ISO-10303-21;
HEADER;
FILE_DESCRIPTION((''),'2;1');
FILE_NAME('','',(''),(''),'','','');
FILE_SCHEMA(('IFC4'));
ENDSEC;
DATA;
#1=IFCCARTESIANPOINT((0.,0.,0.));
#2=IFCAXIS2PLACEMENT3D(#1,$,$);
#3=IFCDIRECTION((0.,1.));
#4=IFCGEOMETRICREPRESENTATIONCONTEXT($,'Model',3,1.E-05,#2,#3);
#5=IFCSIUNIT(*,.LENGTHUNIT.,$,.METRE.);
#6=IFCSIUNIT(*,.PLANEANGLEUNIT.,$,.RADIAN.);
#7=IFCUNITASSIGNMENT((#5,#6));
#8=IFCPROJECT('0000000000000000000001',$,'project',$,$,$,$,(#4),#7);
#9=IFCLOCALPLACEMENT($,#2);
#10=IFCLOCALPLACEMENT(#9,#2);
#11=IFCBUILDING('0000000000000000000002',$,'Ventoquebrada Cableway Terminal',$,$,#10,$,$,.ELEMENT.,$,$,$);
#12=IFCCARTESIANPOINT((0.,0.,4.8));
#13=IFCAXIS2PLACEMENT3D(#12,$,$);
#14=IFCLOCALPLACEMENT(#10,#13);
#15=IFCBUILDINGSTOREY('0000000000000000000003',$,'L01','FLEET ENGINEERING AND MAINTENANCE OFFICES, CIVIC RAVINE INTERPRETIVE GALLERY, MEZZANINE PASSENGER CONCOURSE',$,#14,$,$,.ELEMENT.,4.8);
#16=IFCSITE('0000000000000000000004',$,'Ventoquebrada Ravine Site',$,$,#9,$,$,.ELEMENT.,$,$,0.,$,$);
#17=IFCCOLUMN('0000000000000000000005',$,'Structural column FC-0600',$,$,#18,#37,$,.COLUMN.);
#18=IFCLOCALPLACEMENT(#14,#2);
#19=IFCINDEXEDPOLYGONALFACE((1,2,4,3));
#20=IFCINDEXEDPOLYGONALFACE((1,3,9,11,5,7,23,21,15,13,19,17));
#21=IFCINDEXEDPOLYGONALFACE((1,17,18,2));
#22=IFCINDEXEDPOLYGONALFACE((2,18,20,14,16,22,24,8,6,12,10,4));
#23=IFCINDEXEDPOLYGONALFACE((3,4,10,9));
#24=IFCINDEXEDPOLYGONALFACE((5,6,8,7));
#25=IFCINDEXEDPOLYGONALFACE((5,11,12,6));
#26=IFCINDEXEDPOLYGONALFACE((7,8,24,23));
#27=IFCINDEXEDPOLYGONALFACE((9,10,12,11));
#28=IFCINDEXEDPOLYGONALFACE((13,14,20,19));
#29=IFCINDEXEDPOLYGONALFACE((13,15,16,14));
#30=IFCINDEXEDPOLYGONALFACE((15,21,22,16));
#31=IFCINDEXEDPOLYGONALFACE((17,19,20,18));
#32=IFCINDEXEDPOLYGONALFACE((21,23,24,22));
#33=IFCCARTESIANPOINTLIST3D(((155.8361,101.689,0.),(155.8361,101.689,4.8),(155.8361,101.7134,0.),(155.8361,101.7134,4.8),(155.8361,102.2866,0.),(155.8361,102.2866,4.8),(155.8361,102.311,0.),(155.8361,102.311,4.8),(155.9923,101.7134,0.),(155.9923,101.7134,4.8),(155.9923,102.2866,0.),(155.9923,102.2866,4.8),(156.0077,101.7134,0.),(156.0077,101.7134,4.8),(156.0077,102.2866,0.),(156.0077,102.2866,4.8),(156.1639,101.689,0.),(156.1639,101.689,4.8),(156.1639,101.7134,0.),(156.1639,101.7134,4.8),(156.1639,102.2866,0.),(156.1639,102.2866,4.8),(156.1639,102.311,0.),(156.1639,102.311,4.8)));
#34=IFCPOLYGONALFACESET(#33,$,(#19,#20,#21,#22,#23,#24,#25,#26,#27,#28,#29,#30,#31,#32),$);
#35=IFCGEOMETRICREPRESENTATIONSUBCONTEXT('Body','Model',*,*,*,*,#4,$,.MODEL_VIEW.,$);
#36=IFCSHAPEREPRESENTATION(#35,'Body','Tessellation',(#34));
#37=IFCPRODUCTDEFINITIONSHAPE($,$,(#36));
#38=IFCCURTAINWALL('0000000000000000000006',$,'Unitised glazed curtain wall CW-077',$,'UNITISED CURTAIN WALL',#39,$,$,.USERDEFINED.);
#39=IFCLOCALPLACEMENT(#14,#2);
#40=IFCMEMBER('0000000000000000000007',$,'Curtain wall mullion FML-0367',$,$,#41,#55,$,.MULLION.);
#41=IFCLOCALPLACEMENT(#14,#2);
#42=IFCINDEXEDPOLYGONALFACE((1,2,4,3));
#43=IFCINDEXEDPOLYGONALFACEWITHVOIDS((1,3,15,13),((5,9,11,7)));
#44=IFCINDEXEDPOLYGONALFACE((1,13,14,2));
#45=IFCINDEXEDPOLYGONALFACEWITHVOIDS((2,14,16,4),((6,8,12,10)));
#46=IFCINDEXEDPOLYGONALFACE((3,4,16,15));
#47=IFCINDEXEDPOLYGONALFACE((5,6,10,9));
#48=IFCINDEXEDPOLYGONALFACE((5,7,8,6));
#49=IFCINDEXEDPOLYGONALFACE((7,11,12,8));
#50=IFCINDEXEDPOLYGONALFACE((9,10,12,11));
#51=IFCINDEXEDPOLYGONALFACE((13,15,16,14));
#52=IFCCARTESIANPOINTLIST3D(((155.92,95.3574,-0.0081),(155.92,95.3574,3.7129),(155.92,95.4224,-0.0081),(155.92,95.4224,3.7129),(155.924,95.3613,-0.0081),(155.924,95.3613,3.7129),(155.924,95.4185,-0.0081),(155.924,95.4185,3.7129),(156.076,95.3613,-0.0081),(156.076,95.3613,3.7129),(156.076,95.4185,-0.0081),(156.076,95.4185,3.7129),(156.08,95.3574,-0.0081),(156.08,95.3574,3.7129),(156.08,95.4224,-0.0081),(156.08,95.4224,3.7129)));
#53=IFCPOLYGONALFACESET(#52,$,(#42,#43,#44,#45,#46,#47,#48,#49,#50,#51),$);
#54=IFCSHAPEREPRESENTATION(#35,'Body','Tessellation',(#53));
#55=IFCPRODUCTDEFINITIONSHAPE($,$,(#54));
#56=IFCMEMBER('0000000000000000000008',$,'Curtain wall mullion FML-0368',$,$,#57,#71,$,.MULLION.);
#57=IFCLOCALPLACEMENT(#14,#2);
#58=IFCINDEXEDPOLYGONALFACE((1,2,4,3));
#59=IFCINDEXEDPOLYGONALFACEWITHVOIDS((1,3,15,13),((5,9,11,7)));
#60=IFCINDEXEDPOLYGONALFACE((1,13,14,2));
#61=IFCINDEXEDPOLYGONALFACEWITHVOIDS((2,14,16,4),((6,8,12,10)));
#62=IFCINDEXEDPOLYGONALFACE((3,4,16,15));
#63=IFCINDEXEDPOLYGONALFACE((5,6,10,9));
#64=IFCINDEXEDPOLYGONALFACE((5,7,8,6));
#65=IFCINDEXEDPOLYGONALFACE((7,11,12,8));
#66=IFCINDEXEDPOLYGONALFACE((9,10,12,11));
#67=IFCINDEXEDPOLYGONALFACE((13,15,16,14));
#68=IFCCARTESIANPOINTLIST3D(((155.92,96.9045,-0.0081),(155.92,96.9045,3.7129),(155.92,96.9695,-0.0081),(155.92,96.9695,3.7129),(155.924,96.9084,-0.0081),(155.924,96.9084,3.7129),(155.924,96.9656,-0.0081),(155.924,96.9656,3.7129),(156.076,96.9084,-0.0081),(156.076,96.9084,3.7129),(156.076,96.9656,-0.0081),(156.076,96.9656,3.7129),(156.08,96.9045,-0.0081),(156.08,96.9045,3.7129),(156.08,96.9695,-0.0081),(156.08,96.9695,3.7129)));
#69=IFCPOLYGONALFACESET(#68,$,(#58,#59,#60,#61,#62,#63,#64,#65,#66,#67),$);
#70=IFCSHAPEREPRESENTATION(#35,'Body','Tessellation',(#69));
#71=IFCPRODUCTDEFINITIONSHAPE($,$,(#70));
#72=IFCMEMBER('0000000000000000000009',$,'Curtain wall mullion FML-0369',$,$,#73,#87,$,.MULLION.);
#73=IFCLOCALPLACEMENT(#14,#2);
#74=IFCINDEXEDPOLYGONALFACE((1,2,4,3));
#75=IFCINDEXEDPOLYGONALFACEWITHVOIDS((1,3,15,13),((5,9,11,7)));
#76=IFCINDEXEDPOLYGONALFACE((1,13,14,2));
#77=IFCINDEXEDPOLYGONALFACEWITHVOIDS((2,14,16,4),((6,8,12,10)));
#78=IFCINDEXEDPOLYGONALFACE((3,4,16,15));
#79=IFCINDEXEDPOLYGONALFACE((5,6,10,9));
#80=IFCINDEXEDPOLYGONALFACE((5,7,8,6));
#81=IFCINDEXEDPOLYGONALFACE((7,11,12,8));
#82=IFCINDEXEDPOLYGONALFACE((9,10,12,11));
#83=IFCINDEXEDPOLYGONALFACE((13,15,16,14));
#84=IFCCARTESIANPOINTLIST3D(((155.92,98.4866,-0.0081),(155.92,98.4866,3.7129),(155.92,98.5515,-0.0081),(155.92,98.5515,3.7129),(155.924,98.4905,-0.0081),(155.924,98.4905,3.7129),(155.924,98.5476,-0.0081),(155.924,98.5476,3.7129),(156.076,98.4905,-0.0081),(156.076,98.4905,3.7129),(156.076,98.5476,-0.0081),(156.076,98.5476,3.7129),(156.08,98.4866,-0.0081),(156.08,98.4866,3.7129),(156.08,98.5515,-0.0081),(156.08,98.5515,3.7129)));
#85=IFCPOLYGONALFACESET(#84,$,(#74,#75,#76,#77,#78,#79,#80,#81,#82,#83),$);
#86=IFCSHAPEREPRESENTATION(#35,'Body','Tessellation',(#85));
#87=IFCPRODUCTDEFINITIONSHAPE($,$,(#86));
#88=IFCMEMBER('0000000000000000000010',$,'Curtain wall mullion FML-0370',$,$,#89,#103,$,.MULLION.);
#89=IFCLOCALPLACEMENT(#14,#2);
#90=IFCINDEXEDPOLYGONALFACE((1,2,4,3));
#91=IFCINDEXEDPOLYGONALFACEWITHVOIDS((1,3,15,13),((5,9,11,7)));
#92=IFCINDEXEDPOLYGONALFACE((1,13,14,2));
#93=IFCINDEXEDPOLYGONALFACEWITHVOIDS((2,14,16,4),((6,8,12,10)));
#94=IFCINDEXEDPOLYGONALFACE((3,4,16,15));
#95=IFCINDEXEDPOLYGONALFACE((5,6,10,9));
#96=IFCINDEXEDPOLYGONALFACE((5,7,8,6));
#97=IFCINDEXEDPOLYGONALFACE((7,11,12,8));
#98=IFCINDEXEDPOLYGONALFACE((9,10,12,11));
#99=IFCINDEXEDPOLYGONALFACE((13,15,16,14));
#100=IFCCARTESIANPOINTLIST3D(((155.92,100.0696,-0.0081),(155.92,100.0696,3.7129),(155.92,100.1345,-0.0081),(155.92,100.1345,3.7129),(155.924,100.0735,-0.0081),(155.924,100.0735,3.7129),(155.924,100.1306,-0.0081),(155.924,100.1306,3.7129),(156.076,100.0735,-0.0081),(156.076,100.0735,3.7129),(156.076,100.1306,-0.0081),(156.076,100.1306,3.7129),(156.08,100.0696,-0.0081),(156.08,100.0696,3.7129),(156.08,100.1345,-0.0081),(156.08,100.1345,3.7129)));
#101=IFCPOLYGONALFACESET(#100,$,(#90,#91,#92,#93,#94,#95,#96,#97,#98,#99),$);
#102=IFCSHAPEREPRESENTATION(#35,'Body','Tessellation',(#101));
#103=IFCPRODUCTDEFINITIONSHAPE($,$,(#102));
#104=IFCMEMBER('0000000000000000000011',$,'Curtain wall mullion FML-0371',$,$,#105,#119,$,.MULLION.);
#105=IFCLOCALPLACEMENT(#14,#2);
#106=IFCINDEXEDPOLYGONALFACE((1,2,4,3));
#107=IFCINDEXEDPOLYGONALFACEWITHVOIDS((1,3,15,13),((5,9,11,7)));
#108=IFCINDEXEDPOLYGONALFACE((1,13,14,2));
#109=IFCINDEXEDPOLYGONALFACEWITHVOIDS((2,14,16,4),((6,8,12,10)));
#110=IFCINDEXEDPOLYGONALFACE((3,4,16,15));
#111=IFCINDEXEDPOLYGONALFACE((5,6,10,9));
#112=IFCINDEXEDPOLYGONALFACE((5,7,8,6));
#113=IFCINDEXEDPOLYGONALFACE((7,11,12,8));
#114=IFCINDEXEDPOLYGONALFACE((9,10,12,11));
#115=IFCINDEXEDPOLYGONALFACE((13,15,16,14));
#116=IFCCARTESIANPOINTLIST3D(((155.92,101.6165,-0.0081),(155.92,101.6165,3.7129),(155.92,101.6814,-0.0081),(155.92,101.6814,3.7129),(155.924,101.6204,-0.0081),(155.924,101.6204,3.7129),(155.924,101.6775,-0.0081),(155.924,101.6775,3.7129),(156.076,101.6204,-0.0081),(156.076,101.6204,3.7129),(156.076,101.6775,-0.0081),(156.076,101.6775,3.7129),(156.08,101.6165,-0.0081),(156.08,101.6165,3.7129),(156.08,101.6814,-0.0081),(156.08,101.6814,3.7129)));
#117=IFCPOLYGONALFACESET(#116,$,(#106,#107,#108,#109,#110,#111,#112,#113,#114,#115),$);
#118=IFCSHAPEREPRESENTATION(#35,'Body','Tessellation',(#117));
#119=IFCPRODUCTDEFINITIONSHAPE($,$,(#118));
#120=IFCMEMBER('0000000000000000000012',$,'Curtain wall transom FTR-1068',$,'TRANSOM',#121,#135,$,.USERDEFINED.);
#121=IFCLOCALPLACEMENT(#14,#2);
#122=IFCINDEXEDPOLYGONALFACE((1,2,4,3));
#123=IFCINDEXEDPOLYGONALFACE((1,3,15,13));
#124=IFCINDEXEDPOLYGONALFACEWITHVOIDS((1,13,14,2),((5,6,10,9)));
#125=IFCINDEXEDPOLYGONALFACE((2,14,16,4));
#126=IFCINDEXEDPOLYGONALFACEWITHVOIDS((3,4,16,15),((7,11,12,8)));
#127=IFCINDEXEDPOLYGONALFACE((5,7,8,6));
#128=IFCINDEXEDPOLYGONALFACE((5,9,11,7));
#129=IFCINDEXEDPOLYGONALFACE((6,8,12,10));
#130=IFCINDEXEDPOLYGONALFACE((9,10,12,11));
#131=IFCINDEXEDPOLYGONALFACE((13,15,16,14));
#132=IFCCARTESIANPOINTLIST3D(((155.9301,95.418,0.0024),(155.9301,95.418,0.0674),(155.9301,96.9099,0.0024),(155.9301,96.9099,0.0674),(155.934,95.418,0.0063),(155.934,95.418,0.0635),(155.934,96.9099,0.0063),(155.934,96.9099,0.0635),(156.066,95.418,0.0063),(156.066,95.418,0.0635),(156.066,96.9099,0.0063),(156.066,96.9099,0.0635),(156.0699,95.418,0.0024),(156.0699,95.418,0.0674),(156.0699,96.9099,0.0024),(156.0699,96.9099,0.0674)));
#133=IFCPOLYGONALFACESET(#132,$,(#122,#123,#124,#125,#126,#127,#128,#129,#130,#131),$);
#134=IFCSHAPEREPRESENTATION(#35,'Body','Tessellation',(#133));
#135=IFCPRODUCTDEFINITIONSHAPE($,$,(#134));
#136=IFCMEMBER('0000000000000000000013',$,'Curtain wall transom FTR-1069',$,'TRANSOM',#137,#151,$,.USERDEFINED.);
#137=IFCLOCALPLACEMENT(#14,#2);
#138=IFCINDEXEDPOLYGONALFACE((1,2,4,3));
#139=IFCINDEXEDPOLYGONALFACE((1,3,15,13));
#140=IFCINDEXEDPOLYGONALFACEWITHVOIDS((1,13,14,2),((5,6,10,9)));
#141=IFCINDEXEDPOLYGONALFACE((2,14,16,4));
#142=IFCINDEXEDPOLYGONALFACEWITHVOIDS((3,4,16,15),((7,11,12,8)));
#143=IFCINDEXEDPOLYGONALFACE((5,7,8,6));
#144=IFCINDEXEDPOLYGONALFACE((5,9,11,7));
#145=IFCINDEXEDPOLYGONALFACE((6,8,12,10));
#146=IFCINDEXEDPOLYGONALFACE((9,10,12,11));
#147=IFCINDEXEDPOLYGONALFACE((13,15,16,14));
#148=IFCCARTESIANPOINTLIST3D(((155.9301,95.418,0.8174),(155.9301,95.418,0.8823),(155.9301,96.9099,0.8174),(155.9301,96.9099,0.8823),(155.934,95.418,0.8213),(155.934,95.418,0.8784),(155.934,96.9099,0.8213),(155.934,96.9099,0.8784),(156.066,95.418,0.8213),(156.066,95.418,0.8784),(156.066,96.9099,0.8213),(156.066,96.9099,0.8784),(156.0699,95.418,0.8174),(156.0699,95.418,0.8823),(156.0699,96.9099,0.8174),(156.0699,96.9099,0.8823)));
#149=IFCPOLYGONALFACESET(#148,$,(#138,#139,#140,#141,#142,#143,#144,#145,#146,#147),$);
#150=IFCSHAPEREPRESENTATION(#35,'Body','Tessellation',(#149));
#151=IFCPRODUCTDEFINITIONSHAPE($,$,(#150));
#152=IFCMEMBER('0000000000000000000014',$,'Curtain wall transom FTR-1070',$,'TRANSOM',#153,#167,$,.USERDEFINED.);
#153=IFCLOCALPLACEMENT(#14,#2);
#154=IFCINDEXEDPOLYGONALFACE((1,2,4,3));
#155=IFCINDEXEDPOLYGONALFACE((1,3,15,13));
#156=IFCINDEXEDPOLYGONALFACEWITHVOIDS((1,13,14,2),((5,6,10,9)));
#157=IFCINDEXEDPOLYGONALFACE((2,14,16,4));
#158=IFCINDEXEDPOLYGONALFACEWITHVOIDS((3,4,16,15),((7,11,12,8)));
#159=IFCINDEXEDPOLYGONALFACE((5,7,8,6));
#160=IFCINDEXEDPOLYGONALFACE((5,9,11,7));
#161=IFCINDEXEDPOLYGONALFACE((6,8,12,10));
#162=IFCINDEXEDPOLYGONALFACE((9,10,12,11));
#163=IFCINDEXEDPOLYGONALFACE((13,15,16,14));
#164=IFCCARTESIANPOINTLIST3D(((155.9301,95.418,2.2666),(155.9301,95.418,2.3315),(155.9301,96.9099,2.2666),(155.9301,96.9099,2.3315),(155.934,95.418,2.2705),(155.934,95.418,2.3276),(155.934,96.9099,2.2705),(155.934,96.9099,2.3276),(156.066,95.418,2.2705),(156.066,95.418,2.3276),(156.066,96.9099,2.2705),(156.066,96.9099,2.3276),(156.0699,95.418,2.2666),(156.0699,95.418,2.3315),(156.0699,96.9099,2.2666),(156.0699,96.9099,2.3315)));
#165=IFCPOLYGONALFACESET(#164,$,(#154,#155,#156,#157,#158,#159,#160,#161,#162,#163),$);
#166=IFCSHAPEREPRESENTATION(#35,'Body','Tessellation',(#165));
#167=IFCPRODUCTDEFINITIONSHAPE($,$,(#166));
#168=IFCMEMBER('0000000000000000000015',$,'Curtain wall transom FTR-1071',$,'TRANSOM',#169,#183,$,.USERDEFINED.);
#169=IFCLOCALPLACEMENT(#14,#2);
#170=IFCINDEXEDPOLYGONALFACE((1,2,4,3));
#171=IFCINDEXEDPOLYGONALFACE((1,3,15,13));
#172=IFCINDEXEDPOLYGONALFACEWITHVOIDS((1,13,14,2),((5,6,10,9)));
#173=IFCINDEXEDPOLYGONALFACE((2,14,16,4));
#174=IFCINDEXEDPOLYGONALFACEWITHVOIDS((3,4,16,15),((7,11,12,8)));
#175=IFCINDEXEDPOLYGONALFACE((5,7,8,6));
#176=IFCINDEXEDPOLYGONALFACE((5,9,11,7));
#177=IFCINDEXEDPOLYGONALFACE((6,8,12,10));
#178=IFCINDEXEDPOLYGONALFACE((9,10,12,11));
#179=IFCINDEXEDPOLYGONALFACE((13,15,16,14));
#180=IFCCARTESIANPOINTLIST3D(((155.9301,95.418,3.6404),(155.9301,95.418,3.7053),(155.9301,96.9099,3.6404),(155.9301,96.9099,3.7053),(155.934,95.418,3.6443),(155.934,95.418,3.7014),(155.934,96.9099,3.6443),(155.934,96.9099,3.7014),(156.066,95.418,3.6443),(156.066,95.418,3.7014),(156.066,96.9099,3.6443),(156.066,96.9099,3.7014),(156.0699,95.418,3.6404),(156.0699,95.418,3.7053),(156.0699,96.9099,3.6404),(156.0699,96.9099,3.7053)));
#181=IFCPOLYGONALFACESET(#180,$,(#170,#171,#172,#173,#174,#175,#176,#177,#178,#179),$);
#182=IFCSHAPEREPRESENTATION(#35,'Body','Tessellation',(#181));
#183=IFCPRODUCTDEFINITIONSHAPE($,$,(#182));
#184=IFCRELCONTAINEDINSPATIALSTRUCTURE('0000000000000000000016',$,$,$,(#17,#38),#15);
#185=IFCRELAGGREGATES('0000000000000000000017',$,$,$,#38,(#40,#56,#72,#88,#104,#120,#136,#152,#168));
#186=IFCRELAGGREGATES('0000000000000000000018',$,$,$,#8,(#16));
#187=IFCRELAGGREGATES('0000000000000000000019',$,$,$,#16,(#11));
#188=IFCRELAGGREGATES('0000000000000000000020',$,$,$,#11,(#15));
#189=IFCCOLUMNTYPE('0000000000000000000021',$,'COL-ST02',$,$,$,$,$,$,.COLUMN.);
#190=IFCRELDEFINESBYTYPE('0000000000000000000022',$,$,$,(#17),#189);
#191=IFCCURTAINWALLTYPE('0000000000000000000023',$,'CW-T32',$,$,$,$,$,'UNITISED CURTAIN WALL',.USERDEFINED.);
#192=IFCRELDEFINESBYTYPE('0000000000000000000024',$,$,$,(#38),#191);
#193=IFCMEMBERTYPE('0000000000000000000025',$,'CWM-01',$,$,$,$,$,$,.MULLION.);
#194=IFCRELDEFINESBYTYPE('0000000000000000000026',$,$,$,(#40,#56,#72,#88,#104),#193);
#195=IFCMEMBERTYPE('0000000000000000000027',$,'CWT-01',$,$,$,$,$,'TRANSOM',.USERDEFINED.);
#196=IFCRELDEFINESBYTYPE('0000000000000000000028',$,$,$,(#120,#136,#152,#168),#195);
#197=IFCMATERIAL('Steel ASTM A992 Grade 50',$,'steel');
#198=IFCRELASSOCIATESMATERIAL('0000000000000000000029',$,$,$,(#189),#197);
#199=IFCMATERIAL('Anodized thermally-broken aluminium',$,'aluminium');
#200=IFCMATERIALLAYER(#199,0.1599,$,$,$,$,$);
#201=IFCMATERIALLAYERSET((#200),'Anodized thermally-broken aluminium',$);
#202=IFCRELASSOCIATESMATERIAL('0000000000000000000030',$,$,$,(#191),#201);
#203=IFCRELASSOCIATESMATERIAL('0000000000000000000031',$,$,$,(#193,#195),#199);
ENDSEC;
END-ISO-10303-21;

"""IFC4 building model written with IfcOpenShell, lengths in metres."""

from ifc_helpers import new_model, si_unit, direction, frame, origin, origin_2d, place, context, subcontext, project, spatial, hollow_rectangle, i_section, extrude, material, layer, layer_set, material_profile, profile_set, type_object, element, aggregate, save


model = new_model("IFC4")

# Units and contexts
model_context = context("Model", 3, precision=1e-05, world=origin(), true_north=direction((0.0, 1.0)))
body_context = subcontext(model_context, "Body", "Model", "MODEL_VIEW")
ifc_project = project(units=[si_unit("LENGTHUNIT", "METRE"), si_unit("PLANEANGLEUNIT", "RADIAN")], contexts=[model_context])

# Site, building, storey
site_placement = place(None, origin())
site = spatial("IfcSite", under=ifc_project, at=site_placement, Name="Ventoquebrada Ravine Site", CompositionType="ELEMENT", RefElevation=0.0)
building_placement = place(site_placement, origin())
building = spatial("IfcBuilding", under=site, at=building_placement, Name="Ventoquebrada Cableway Terminal", CompositionType="ELEMENT")
storey_placement = place(building_placement, frame((0.0, 0.0, 4.8)))
storey = spatial("IfcBuildingStorey", under=building, at=storey_placement, Name="L01", Description="FLEET ENGINEERING AND MAINTENANCE OFFICES, CIVIC RAVINE INTERPRETIVE GALLERY, MEZZANINE PASSENGER CONCOURSE", CompositionType="ELEMENT", Elevation=4.8)

# Column
ifc_material_1 = material(Name="Steel ASTM A992 Grade 50", Category="steel")
ifc_material_profile_1 = material_profile(ifc_material_1, i_section(OverallWidth=0.3279, OverallDepth=0.6221, WebThickness=0.0154, FlangeThickness=0.0244, at=origin_2d()), Name="W24X131")
ifc_profile_set_1 = profile_set([ifc_material_profile_1], Name="Steel ASTM A992 Grade 50")
column_type = type_object("IfcColumnType", Name="COL-ST02", PredefinedType="COLUMN", material=ifc_profile_set_1)
column_placement = place(storey_placement, frame((156.0, 102.0, 0.0), z_axis=(0.0, 0.0, 1.0), x_axis=(1.0, 0.0, 0.0)))
element("IfcColumn", 1, at=column_placement, inside=storey, type_object=column_type, Name="Structural column FC-0600", PredefinedType="COLUMN", context=body_context, shape_type="SweptSolid", body=[
    extrude(i_section(OverallWidth=0.3279, OverallDepth=0.6221, WebThickness=0.0154, FlangeThickness=0.0244, at=origin_2d()), origin(), (0.0, 0.0, 1.0), 4.8),
])

# Curtain wall, members
ifc_material_2 = material(Name="Anodized thermally-broken aluminium", Category="aluminium")
ifc_layer_1 = layer(ifc_material_2, 0.1599)
ifc_layer_set_1 = layer_set([ifc_layer_1], Name="Anodized thermally-broken aluminium")
curtain_wall_type = type_object("IfcCurtainWallType", Name="CW-T32", ElementType="UNITISED CURTAIN WALL", PredefinedType="USERDEFINED", material=ifc_layer_set_1)
curtain_wall_placement = place(storey_placement, origin())
curtain_wall = element("IfcCurtainWall", 2, at=curtain_wall_placement, inside=storey, type_object=curtain_wall_type, Name="Unitised glazed curtain wall CW-077", ObjectType="UNITISED CURTAIN WALL", PredefinedType="USERDEFINED")
ifc_material_profile_2 = material_profile(ifc_material_2, hollow_rectangle(XDim=0.0649, YDim=0.1599, WallThickness=0.0039, at=origin_2d()), Name="CW-MUL-65X160")
ifc_profile_set_2 = profile_set([ifc_material_profile_2], Name="Anodized thermally-broken aluminium")
member_type_1 = type_object("IfcMemberType", Name="CWM-01", PredefinedType="MULLION", material=ifc_profile_set_2)
member_1_placement = place(storey_placement, frame((156.0, 95.3899, -0.0081), z_axis=(0.0, 0.0, 1.0), x_axis=(0.0, 1.0, 0.0)))
member_1 = element("IfcMember", 3, at=member_1_placement, type_object=member_type_1, Name="Curtain wall mullion FML-0367", PredefinedType="MULLION", context=body_context, shape_type="SweptSolid", body=[
    extrude(hollow_rectangle(XDim=0.0649, YDim=0.1599, WallThickness=0.0039, at=origin_2d()), origin(), (0.0, 0.0, 1.0), 3.7209),
])
member_2_placement = place(storey_placement, frame((156.0, 96.937, -0.0081), z_axis=(0.0, 0.0, 1.0), x_axis=(0.0, 1.0, 0.0)))
member_2 = element("IfcMember", 4, at=member_2_placement, type_object=member_type_1, Name="Curtain wall mullion FML-0368", PredefinedType="MULLION", context=body_context, shape_type="SweptSolid", body=[
    extrude(hollow_rectangle(XDim=0.0649, YDim=0.1599, WallThickness=0.0039, at=origin_2d()), origin(), (0.0, 0.0, 1.0), 3.7209),
])
member_3_placement = place(storey_placement, frame((156.0, 98.519, -0.0081), z_axis=(0.0, 0.0, 1.0), x_axis=(0.0, 1.0, 0.0)))
member_3 = element("IfcMember", 5, at=member_3_placement, type_object=member_type_1, Name="Curtain wall mullion FML-0369", PredefinedType="MULLION", context=body_context, shape_type="SweptSolid", body=[
    extrude(hollow_rectangle(XDim=0.0649, YDim=0.1599, WallThickness=0.0039, at=origin_2d()), origin(), (0.0, 0.0, 1.0), 3.7209),
])
member_4_placement = place(storey_placement, frame((156.0, 100.1021, -0.0081), z_axis=(0.0, 0.0, 1.0), x_axis=(0.0, 1.0, 0.0)))
member_4 = element("IfcMember", 6, at=member_4_placement, type_object=member_type_1, Name="Curtain wall mullion FML-0370", PredefinedType="MULLION", context=body_context, shape_type="SweptSolid", body=[
    extrude(hollow_rectangle(XDim=0.0649, YDim=0.1599, WallThickness=0.0039, at=origin_2d()), origin(), (0.0, 0.0, 1.0), 3.7209),
])
member_5_placement = place(storey_placement, frame((156.0, 101.6489, -0.0081), z_axis=(0.0, 0.0, 1.0), x_axis=(0.0, 1.0, 0.0)))
member_5 = element("IfcMember", 7, at=member_5_placement, type_object=member_type_1, Name="Curtain wall mullion FML-0371", PredefinedType="MULLION", context=body_context, shape_type="SweptSolid", body=[
    extrude(hollow_rectangle(XDim=0.0649, YDim=0.1599, WallThickness=0.0039, at=origin_2d()), origin(), (0.0, 0.0, 1.0), 3.7209),
])
ifc_material_profile_3 = material_profile(ifc_material_2, hollow_rectangle(XDim=0.0649, YDim=0.1399, WallThickness=0.0039, at=origin_2d()), Name="CW-TRN-65X140")
ifc_profile_set_3 = profile_set([ifc_material_profile_3], Name="Anodized thermally-broken aluminium")
member_type_2 = type_object("IfcMemberType", Name="CWT-01", ElementType="TRANSOM", PredefinedType="USERDEFINED", material=ifc_profile_set_3)
member_6_placement = place(storey_placement, frame((156.0, 95.418, 0.0349), z_axis=(0.0, 1.0, 0.0), x_axis=(0.0, 0.0, 1.0)))
member_6 = element("IfcMember", 8, at=member_6_placement, type_object=member_type_2, Name="Curtain wall transom FTR-1068", ObjectType="TRANSOM", PredefinedType="USERDEFINED", context=body_context, shape_type="SweptSolid", body=[
    extrude(hollow_rectangle(XDim=0.0649, YDim=0.1399, WallThickness=0.0039, at=origin_2d()), origin(), (0.0, 0.0, 1.0), 1.4919),
])
member_7_placement = place(storey_placement, frame((156.0, 95.418, 0.8499), z_axis=(0.0, 1.0, 0.0), x_axis=(0.0, 0.0, 1.0)))
member_7 = element("IfcMember", 9, at=member_7_placement, type_object=member_type_2, Name="Curtain wall transom FTR-1069", ObjectType="TRANSOM", PredefinedType="USERDEFINED", context=body_context, shape_type="SweptSolid", body=[
    extrude(hollow_rectangle(XDim=0.0649, YDim=0.1399, WallThickness=0.0039, at=origin_2d()), origin(), (0.0, 0.0, 1.0), 1.4919),
])
member_8_placement = place(storey_placement, frame((156.0, 95.418, 2.2991), z_axis=(0.0, 1.0, 0.0), x_axis=(0.0, 0.0, 1.0)))
member_8 = element("IfcMember", 10, at=member_8_placement, type_object=member_type_2, Name="Curtain wall transom FTR-1070", ObjectType="TRANSOM", PredefinedType="USERDEFINED", context=body_context, shape_type="SweptSolid", body=[
    extrude(hollow_rectangle(XDim=0.0649, YDim=0.1399, WallThickness=0.0039, at=origin_2d()), origin(), (0.0, 0.0, 1.0), 1.4919),
])
member_9_placement = place(storey_placement, frame((156.0, 95.418, 3.6729), z_axis=(0.0, 1.0, 0.0), x_axis=(0.0, 0.0, 1.0)))
member_9 = element("IfcMember", 11, at=member_9_placement, type_object=member_type_2, Name="Curtain wall transom FTR-1071", ObjectType="TRANSOM", PredefinedType="USERDEFINED", context=body_context, shape_type="SweptSolid", body=[
    extrude(hollow_rectangle(XDim=0.0649, YDim=0.1399, WallThickness=0.0039, at=origin_2d()), origin(), (0.0, 0.0, 1.0), 1.4919),
])
aggregate(curtain_wall, [member_1, member_2, member_3, member_4, member_5, member_6, member_7, member_8, member_9])

save(model, "model.ifc")
